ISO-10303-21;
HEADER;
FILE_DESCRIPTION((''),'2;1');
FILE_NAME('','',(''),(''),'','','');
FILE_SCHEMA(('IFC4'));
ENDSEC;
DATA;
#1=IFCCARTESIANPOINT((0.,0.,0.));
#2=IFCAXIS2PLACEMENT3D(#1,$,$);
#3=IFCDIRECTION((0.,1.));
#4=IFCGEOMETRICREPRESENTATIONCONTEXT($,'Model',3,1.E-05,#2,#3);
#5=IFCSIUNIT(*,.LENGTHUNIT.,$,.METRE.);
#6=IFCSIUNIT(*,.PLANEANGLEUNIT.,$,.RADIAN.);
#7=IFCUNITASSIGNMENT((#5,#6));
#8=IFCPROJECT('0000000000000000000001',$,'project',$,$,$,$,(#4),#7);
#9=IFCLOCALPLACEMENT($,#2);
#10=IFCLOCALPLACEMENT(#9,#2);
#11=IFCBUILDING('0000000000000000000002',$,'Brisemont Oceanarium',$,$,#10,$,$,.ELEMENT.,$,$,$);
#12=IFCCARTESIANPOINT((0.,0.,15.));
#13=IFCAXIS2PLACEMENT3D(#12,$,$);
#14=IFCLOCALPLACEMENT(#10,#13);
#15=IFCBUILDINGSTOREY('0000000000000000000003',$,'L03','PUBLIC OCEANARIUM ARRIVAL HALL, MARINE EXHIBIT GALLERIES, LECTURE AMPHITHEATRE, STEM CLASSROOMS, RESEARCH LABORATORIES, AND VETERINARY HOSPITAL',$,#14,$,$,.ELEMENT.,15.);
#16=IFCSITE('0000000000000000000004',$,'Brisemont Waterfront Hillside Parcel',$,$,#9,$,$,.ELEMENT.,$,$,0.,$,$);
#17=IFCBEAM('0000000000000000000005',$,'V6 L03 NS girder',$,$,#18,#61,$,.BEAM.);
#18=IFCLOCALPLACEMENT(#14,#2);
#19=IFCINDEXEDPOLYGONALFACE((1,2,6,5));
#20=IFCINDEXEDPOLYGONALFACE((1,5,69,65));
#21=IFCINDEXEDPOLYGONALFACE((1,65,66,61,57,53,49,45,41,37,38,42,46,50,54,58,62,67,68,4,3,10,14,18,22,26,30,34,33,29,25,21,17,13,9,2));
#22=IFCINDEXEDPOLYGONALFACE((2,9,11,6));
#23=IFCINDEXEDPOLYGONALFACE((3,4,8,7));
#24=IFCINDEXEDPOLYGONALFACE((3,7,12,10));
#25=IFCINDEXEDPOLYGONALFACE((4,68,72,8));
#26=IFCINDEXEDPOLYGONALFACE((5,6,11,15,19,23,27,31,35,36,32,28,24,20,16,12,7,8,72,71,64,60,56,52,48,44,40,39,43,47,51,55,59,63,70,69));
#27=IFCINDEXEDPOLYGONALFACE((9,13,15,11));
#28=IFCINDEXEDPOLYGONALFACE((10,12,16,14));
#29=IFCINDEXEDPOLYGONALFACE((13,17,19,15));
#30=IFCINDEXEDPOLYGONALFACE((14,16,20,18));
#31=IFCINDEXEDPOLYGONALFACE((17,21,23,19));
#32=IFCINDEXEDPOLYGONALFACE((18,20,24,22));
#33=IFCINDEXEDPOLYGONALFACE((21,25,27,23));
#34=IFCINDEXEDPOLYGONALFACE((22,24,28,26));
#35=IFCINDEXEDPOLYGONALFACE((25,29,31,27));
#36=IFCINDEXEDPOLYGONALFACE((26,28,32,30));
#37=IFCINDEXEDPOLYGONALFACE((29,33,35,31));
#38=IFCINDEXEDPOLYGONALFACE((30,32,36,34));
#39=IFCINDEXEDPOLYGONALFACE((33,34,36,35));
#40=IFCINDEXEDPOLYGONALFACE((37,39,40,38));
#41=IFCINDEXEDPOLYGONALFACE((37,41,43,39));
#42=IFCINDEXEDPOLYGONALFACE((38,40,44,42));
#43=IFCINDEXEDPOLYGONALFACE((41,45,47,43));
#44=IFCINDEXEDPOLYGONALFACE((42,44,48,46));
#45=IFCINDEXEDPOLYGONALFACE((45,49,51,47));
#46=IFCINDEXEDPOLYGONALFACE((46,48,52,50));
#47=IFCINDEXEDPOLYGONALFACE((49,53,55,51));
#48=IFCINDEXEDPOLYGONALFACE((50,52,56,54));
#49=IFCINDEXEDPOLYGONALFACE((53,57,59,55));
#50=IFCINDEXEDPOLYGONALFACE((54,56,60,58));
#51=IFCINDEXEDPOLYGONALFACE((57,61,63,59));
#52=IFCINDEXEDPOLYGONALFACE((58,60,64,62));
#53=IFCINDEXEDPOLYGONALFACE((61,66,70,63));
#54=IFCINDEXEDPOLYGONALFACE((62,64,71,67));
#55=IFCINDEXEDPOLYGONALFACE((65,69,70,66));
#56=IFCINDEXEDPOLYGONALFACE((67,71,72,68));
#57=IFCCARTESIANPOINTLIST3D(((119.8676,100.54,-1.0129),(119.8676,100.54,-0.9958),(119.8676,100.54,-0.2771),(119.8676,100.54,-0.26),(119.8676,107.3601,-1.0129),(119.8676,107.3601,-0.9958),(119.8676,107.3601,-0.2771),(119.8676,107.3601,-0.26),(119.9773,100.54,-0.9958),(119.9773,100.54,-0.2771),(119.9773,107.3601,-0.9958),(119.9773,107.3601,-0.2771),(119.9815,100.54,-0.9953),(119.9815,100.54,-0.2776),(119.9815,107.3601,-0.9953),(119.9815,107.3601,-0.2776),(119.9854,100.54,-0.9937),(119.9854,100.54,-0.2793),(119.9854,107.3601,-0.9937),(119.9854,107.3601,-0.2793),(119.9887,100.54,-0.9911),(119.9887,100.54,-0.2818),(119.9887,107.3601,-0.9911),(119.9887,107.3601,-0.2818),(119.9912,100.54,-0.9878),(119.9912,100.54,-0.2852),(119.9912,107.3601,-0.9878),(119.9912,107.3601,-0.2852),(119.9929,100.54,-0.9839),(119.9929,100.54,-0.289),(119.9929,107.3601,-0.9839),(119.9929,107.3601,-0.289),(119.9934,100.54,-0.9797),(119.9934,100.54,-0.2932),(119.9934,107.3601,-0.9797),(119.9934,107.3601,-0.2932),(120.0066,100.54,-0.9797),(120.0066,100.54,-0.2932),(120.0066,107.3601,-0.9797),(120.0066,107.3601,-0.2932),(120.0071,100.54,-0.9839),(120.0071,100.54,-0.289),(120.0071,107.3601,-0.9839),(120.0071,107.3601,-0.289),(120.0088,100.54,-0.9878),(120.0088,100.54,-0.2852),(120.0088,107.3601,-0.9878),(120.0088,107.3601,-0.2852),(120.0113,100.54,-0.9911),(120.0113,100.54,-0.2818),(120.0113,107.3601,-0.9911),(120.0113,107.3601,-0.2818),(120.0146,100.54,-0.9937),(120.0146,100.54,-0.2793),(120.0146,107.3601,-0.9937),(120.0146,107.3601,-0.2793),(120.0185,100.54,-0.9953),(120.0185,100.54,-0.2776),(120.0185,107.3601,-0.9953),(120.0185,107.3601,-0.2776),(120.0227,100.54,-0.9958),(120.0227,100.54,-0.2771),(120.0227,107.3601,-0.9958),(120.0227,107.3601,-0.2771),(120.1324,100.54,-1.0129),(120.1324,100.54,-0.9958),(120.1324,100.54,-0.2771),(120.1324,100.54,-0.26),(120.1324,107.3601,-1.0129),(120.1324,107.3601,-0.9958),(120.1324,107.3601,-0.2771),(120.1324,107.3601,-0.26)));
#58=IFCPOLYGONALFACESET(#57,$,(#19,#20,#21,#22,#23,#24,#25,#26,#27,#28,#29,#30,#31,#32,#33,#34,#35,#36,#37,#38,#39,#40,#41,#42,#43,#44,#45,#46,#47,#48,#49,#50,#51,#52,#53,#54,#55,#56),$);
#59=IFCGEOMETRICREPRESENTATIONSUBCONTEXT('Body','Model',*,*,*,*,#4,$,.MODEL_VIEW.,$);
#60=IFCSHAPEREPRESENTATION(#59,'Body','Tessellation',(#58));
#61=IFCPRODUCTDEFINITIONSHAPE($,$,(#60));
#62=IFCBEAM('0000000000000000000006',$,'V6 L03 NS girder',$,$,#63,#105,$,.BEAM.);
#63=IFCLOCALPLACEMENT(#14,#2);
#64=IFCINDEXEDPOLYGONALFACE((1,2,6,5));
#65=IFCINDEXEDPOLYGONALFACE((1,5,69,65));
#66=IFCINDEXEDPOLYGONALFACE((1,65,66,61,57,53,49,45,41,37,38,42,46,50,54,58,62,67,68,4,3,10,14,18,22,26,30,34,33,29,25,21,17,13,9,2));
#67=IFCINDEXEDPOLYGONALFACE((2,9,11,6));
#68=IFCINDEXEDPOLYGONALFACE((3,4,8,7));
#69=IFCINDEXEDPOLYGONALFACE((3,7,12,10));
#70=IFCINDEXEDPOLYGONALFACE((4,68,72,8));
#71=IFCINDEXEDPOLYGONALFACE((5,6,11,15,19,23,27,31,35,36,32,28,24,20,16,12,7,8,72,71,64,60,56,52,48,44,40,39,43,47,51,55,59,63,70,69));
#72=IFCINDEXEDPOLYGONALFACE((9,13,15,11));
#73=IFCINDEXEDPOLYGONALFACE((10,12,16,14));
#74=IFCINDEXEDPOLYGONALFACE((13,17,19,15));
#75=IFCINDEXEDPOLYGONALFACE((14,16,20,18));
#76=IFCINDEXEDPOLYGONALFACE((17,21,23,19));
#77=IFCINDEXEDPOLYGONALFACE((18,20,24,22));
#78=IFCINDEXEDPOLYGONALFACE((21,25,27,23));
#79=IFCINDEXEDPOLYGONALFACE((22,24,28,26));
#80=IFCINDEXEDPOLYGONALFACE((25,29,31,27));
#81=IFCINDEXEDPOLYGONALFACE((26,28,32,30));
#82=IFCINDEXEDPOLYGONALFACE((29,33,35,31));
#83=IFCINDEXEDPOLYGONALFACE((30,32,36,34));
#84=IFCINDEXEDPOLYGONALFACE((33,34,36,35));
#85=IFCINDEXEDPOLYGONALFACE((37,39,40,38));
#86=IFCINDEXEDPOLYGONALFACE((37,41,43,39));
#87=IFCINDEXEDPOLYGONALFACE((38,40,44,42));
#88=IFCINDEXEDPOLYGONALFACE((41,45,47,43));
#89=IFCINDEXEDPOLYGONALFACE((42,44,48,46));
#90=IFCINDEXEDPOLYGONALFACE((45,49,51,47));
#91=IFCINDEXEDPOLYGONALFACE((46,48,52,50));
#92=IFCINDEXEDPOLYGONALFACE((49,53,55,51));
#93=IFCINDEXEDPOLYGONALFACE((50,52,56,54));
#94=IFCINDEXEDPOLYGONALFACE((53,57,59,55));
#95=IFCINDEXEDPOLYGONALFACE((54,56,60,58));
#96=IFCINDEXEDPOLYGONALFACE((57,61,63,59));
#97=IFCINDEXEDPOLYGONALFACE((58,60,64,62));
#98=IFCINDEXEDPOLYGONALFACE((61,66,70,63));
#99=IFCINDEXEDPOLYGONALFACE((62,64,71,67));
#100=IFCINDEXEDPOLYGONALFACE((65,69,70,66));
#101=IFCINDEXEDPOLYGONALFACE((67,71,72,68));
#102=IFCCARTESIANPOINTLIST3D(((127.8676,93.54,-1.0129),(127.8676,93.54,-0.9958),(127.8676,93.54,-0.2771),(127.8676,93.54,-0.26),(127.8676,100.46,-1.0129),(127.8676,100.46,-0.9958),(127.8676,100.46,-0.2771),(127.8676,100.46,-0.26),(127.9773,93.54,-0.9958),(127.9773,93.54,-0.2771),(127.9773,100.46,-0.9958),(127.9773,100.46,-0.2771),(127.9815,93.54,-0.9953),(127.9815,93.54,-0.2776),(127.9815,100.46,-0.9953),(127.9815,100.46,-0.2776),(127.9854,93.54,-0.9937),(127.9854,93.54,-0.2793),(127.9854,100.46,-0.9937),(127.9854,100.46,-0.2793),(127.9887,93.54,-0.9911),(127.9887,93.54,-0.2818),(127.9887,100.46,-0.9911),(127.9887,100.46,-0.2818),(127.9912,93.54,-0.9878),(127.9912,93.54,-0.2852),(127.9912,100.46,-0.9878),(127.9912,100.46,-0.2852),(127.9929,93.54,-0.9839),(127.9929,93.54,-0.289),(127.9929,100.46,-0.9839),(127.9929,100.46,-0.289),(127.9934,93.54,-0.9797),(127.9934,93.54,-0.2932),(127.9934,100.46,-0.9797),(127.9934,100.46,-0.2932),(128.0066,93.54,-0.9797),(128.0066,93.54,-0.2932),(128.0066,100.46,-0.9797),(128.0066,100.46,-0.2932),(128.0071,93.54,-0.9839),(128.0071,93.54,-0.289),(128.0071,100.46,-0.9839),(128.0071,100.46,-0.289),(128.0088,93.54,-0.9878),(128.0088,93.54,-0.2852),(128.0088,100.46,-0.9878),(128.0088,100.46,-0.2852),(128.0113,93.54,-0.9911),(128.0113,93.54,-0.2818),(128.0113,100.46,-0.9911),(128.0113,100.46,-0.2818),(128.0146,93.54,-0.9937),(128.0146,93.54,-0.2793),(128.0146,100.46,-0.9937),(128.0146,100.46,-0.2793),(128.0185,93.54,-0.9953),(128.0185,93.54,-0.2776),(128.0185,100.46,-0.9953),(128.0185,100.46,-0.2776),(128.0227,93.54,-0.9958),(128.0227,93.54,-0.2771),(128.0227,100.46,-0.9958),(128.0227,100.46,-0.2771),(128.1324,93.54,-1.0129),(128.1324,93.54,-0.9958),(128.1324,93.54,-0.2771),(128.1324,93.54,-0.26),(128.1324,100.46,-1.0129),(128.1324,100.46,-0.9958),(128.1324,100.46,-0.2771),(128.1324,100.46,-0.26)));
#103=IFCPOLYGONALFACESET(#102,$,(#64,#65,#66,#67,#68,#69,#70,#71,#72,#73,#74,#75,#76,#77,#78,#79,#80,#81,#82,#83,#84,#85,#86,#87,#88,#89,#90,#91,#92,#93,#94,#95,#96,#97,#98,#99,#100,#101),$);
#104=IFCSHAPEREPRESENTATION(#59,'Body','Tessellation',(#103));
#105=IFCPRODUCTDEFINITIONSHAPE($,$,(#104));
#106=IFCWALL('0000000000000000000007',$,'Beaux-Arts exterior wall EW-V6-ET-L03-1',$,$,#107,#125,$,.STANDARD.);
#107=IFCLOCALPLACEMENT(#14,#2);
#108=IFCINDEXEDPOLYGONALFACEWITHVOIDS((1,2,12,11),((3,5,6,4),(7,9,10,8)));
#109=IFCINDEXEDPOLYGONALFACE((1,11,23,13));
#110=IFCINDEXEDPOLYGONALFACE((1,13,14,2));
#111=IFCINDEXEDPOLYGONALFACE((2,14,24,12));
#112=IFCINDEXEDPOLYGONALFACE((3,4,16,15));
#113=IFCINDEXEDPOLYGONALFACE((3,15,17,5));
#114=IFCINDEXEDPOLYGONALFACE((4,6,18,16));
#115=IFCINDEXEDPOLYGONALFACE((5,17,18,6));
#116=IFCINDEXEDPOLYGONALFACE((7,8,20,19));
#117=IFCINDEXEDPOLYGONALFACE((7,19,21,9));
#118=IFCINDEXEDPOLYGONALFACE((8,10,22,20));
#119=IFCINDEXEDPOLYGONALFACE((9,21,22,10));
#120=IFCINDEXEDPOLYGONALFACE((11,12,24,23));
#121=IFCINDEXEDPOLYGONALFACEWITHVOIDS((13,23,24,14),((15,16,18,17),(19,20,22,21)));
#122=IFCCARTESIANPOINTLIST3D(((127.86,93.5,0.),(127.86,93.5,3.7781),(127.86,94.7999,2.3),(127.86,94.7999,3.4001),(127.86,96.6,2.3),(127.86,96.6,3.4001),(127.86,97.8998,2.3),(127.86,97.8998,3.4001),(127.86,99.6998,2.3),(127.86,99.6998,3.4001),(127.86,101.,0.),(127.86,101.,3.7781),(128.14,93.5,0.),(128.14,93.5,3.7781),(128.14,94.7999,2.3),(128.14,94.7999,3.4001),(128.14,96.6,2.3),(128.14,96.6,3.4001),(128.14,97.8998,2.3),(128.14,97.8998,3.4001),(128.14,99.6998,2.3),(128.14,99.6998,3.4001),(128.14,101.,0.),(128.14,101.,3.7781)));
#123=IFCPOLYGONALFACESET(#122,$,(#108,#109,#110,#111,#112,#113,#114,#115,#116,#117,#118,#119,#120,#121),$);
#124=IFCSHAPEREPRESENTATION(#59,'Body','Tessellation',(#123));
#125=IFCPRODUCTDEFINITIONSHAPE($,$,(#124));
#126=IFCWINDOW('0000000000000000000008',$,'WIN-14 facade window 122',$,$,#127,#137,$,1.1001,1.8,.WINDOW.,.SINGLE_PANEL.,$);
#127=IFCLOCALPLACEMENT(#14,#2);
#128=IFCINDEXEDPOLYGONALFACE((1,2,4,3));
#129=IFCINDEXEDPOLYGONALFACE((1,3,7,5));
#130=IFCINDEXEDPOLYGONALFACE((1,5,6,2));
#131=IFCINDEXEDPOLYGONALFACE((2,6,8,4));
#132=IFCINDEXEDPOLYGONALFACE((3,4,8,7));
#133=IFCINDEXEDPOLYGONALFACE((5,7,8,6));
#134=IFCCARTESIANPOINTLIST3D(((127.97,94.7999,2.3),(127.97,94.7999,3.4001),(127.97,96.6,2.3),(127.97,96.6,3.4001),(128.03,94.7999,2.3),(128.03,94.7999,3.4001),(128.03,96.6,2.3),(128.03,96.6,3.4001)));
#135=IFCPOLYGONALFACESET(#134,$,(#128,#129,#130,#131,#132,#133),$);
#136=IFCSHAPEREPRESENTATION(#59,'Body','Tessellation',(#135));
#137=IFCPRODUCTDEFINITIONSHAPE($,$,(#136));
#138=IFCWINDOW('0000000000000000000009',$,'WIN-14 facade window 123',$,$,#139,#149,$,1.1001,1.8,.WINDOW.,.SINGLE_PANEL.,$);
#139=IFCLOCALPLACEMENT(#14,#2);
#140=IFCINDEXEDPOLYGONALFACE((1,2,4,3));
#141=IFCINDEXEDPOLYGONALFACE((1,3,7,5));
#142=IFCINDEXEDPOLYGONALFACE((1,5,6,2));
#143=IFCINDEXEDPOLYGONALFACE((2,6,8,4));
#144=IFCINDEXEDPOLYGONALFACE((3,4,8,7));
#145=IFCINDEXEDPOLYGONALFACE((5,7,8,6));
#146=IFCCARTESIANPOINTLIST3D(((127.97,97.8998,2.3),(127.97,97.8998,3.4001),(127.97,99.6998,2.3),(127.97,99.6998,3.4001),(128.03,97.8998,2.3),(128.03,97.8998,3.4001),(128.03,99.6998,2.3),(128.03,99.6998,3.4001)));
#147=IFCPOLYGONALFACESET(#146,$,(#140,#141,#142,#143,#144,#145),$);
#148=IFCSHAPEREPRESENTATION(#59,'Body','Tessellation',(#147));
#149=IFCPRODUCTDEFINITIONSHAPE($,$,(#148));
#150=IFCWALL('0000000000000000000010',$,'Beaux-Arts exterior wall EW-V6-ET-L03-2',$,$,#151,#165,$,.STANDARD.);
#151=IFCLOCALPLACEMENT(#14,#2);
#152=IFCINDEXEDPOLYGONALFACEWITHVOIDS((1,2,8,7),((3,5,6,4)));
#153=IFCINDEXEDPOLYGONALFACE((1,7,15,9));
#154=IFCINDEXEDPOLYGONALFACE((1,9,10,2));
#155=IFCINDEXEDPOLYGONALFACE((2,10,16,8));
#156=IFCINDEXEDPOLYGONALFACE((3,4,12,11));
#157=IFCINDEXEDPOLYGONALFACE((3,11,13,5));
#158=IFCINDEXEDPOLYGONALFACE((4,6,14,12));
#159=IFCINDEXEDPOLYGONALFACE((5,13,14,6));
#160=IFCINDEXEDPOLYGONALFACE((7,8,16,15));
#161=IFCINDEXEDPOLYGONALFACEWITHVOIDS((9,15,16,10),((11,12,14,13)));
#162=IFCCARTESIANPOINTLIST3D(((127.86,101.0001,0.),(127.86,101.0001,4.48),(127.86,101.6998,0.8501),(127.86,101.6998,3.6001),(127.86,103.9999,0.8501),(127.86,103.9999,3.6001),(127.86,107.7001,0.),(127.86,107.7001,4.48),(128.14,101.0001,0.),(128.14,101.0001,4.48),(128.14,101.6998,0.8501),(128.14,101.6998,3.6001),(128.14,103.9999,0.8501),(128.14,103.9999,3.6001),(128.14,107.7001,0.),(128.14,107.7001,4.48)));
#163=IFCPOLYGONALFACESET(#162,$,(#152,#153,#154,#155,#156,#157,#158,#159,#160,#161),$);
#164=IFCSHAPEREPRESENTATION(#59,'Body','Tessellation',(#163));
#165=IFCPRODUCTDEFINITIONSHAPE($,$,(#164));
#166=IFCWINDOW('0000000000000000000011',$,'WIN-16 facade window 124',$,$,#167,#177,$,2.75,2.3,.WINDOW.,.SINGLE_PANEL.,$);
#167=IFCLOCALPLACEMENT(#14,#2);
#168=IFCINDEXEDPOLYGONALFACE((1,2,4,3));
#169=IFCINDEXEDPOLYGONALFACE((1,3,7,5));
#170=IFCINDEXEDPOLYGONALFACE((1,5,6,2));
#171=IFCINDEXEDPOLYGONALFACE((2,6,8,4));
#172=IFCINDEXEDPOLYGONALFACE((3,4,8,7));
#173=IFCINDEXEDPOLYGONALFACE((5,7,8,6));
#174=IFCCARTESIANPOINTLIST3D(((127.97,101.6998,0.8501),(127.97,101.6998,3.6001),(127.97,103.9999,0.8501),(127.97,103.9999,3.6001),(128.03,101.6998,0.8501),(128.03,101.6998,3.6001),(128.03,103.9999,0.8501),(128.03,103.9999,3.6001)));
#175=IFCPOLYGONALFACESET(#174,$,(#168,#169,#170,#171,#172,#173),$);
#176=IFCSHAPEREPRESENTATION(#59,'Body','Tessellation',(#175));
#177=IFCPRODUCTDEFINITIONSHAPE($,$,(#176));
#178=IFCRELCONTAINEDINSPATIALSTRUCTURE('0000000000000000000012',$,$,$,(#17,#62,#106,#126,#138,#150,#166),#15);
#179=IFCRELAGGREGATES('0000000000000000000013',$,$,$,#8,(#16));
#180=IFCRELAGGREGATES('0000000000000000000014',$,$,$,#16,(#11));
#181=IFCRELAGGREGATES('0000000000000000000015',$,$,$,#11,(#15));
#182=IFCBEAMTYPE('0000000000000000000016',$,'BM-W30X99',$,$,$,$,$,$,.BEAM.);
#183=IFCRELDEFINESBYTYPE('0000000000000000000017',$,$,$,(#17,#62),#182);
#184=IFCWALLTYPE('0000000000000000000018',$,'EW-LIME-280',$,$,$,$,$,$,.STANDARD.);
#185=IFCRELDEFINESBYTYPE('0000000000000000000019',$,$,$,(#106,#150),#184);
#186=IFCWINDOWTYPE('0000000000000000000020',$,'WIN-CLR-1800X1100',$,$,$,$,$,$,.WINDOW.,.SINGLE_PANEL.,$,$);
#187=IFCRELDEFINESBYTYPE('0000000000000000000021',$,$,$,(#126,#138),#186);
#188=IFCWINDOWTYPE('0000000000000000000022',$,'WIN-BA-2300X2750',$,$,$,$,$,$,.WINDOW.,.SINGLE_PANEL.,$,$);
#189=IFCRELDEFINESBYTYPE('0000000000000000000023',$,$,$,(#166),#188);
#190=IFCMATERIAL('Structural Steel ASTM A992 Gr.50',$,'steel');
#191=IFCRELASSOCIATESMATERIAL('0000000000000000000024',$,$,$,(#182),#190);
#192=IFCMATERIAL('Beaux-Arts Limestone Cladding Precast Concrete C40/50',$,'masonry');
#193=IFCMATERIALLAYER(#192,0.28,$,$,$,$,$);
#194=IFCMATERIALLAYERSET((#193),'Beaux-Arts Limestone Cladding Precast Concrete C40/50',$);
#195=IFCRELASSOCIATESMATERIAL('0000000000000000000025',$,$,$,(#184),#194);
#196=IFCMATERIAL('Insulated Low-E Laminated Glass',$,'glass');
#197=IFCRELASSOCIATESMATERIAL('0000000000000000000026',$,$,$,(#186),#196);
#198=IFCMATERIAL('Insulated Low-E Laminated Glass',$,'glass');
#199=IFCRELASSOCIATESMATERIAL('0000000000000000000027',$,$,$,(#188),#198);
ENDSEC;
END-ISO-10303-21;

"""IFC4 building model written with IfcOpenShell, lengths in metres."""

from ifc_helpers import new_model, si_unit, direction, frame, frame_2d, origin, origin_2d, place, context, subcontext, project, spatial, rectangle, i_section, extrude, material, layer, layer_set, material_profile, profile_set, type_object, element, fill, save


model = new_model("IFC4")

# Units and contexts
model_context = context("Model", 3, precision=1e-05, world=origin(), true_north=direction((0.0, 1.0)))
body_context = subcontext(model_context, "Body", "Model", "MODEL_VIEW")
ifc_project = project(units=[si_unit("LENGTHUNIT", "METRE"), si_unit("PLANEANGLEUNIT", "RADIAN")], contexts=[model_context])

# Site, building, storey
site_placement = place(None, origin())
site = spatial("IfcSite", under=ifc_project, at=site_placement, Name="Brisemont Waterfront Hillside Parcel", CompositionType="ELEMENT", RefElevation=0.0)
building_placement = place(site_placement, origin())
building = spatial("IfcBuilding", under=site, at=building_placement, Name="Brisemont Oceanarium", CompositionType="ELEMENT")
storey_placement = place(building_placement, frame((0.0, 0.0, 15.0)))
storey = spatial("IfcBuildingStorey", under=building, at=storey_placement, Name="L03", Description="PUBLIC OCEANARIUM ARRIVAL HALL, MARINE EXHIBIT GALLERIES, LECTURE AMPHITHEATRE, STEM CLASSROOMS, RESEARCH LABORATORIES, AND VETERINARY HOSPITAL", CompositionType="ELEMENT", Elevation=15.0)

# Beams
ifc_material_1 = material(Name="Structural Steel ASTM A992 Gr.50", Category="steel")
ifc_material_profile_1 = material_profile(ifc_material_1, i_section(OverallWidth=0.2649, OverallDepth=0.7529, WebThickness=0.0132, FlangeThickness=0.0171, FilletRadius=0.0161, at=origin_2d()), Name="W30X99")
ifc_profile_set_1 = profile_set([ifc_material_profile_1], Name="Structural Steel ASTM A992 Gr.50")
beam_type_1 = type_object("IfcBeamType", Name="BM-W30X99", PredefinedType="BEAM", material=ifc_profile_set_1)
beam_1_placement = place(storey_placement, frame((120.0, 100.54, -0.6365), z_axis=(0.0, 1.0, 0.0), x_axis=(-1.0, 0.0, 0.0)))
element("IfcBeam", 1, at=beam_1_placement, inside=storey, type_object=beam_type_1, Name="V6 L03 NS girder", PredefinedType="BEAM", context=body_context, shape_type="SweptSolid", body=[
    extrude(i_section(OverallWidth=0.2649, OverallDepth=0.7529, WebThickness=0.0132, FlangeThickness=0.0171, FilletRadius=0.0161, at=origin_2d()), origin(), (0.0, 0.0, 1.0), 6.8201),
])
beam_2_placement = place(storey_placement, frame((128.0, 93.54, -0.6365), z_axis=(0.0, 1.0, 0.0), x_axis=(-1.0, 0.0, 0.0)))
element("IfcBeam", 2, at=beam_2_placement, inside=storey, type_object=beam_type_1, Name="V6 L03 NS girder", PredefinedType="BEAM", context=body_context, shape_type="SweptSolid", body=[
    extrude(i_section(OverallWidth=0.2649, OverallDepth=0.7529, WebThickness=0.0132, FlangeThickness=0.0171, FilletRadius=0.0161, at=origin_2d()), origin(), (0.0, 0.0, 1.0), 6.9199),
])

# Wall, openings, windows
ifc_material_2 = material(Name="Beaux-Arts Limestone Cladding Precast Concrete C40/50", Category="masonry")
ifc_layer = layer(ifc_material_2, 0.28)
ifc_layer_set = layer_set([ifc_layer], Name="Beaux-Arts Limestone Cladding Precast Concrete C40/50")
wall_type = type_object("IfcWallType", Name="EW-LIME-280", PredefinedType="STANDARD", material=ifc_layer_set)
wall_1_placement = place(storey_placement, frame((128.0, 93.5, 0.0), z_axis=(0.0, 0.0, 1.0), x_axis=(0.0, 1.0, 0.0)))
wall_1 = element("IfcWall", 3, at=wall_1_placement, inside=storey, type_object=wall_type, Name="Beaux-Arts exterior wall EW-V6-ET-L03-1", PredefinedType="STANDARD", context=body_context, shape_type="SweptSolid", body=[
    extrude(rectangle(XDim=7.5, YDim=0.28, at=frame_2d((3.75, 0.0))), origin(), (0.0, 0.0, 1.0), 3.7781),
])
opening_1_placement = place(wall_1_placement, frame((1.3, 0.0, 2.3)))
opening_1 = element("IfcOpeningElement", 4, at=opening_1_placement, cuts=wall_1, PredefinedType="OPENING", context=body_context, shape_type="SweptSolid", body=[
    extrude(rectangle(XDim=1.8, YDim=1.1001, at=frame_2d((0.8999, 0.55))), frame((0.0, 0.1499, 0.0), z_axis=(0.0, -1.0, 0.0), x_axis=(1.0, 0.0, 0.0)), (0.0, 0.0, 1.0), 0.3),
])
opening_2_placement = place(wall_1_placement, frame((4.3999, 0.0, 2.3)))
opening_2 = element("IfcOpeningElement", 5, at=opening_2_placement, cuts=wall_1, PredefinedType="OPENING", context=body_context, shape_type="SweptSolid", body=[
    extrude(rectangle(XDim=1.8, YDim=1.1001, at=frame_2d((0.8999, 0.55))), frame((0.0, 0.1499, 0.0), z_axis=(0.0, -1.0, 0.0), x_axis=(1.0, 0.0, 0.0)), (0.0, 0.0, 1.0), 0.3),
])
ifc_material_3 = material(Name="Insulated Low-E Laminated Glass", Category="glass")
window_type_1 = type_object("IfcWindowType", Name="WIN-CLR-1800X1100", PartitioningType="SINGLE_PANEL", PredefinedType="WINDOW", material=ifc_material_3)
window_1_placement = place(opening_1_placement, origin())
window_1 = element("IfcWindow", 6, at=window_1_placement, inside=storey, type_object=window_type_1, Name="WIN-14 facade window 122", OverallHeight=1.1001, OverallWidth=1.8, PartitioningType="SINGLE_PANEL", PredefinedType="WINDOW", context=body_context, shape_type="SweptSolid", body=[
    extrude(rectangle(XDim=1.8, YDim=1.1001, at=frame_2d((0.8999, 0.55))), frame((0.0, 0.03, 0.0), z_axis=(0.0, -1.0, 0.0), x_axis=(1.0, 0.0, 0.0)), (0.0, 0.0, 1.0), 0.0601),
])
fill(opening_1, window_1)
window_2_placement = place(opening_2_placement, origin())
window_2 = element("IfcWindow", 7, at=window_2_placement, inside=storey, type_object=window_type_1, Name="WIN-14 facade window 123", OverallHeight=1.1001, OverallWidth=1.8, PartitioningType="SINGLE_PANEL", PredefinedType="WINDOW", context=body_context, shape_type="SweptSolid", body=[
    extrude(rectangle(XDim=1.8, YDim=1.1001, at=frame_2d((0.8999, 0.55))), frame((0.0, 0.03, 0.0), z_axis=(0.0, -1.0, 0.0), x_axis=(1.0, 0.0, 0.0)), (0.0, 0.0, 1.0), 0.0601),
])
fill(opening_2, window_2)

# Wall, opening, window
wall_2_placement = place(storey_placement, frame((128.0, 101.0, 0.0), z_axis=(0.0, 0.0, 1.0), x_axis=(0.0, 1.0, 0.0)))
wall_2 = element("IfcWall", 8, at=wall_2_placement, inside=storey, type_object=wall_type, Name="Beaux-Arts exterior wall EW-V6-ET-L03-2", PredefinedType="STANDARD", context=body_context, shape_type="SweptSolid", body=[
    extrude(rectangle(XDim=6.7, YDim=0.28, at=frame_2d((3.3501, 0.0))), origin(), (0.0, 0.0, 1.0), 4.48),
])
opening_3_placement = place(wall_2_placement, frame((0.7, 0.0, 0.8501)))
opening_3 = element("IfcOpeningElement", 9, at=opening_3_placement, cuts=wall_2, PredefinedType="OPENING", context=body_context, shape_type="SweptSolid", body=[
    extrude(rectangle(XDim=2.3, YDim=2.75, at=frame_2d((1.1499, 1.375))), frame((0.0, 0.1499, 0.0), z_axis=(0.0, -1.0, 0.0), x_axis=(1.0, 0.0, 0.0)), (0.0, 0.0, 1.0), 0.3),
])
ifc_material_4 = material(Name="Insulated Low-E Laminated Glass", Category="glass")
window_type_2 = type_object("IfcWindowType", Name="WIN-BA-2300X2750", PartitioningType="SINGLE_PANEL", PredefinedType="WINDOW", material=ifc_material_4)
window_3_placement = place(opening_3_placement, origin())
window_3 = element("IfcWindow", 10, at=window_3_placement, inside=storey, type_object=window_type_2, Name="WIN-16 facade window 124", OverallHeight=2.75, OverallWidth=2.3, PartitioningType="SINGLE_PANEL", PredefinedType="WINDOW", context=body_context, shape_type="SweptSolid", body=[
    extrude(rectangle(XDim=2.3, YDim=2.75, at=frame_2d((1.1499, 1.375))), frame((0.0, 0.03, 0.0), z_axis=(0.0, -1.0, 0.0), x_axis=(1.0, 0.0, 0.0)), (0.0, 0.0, 1.0), 0.0601),
])
fill(opening_3, window_3)

save(model, "model.ifc")
